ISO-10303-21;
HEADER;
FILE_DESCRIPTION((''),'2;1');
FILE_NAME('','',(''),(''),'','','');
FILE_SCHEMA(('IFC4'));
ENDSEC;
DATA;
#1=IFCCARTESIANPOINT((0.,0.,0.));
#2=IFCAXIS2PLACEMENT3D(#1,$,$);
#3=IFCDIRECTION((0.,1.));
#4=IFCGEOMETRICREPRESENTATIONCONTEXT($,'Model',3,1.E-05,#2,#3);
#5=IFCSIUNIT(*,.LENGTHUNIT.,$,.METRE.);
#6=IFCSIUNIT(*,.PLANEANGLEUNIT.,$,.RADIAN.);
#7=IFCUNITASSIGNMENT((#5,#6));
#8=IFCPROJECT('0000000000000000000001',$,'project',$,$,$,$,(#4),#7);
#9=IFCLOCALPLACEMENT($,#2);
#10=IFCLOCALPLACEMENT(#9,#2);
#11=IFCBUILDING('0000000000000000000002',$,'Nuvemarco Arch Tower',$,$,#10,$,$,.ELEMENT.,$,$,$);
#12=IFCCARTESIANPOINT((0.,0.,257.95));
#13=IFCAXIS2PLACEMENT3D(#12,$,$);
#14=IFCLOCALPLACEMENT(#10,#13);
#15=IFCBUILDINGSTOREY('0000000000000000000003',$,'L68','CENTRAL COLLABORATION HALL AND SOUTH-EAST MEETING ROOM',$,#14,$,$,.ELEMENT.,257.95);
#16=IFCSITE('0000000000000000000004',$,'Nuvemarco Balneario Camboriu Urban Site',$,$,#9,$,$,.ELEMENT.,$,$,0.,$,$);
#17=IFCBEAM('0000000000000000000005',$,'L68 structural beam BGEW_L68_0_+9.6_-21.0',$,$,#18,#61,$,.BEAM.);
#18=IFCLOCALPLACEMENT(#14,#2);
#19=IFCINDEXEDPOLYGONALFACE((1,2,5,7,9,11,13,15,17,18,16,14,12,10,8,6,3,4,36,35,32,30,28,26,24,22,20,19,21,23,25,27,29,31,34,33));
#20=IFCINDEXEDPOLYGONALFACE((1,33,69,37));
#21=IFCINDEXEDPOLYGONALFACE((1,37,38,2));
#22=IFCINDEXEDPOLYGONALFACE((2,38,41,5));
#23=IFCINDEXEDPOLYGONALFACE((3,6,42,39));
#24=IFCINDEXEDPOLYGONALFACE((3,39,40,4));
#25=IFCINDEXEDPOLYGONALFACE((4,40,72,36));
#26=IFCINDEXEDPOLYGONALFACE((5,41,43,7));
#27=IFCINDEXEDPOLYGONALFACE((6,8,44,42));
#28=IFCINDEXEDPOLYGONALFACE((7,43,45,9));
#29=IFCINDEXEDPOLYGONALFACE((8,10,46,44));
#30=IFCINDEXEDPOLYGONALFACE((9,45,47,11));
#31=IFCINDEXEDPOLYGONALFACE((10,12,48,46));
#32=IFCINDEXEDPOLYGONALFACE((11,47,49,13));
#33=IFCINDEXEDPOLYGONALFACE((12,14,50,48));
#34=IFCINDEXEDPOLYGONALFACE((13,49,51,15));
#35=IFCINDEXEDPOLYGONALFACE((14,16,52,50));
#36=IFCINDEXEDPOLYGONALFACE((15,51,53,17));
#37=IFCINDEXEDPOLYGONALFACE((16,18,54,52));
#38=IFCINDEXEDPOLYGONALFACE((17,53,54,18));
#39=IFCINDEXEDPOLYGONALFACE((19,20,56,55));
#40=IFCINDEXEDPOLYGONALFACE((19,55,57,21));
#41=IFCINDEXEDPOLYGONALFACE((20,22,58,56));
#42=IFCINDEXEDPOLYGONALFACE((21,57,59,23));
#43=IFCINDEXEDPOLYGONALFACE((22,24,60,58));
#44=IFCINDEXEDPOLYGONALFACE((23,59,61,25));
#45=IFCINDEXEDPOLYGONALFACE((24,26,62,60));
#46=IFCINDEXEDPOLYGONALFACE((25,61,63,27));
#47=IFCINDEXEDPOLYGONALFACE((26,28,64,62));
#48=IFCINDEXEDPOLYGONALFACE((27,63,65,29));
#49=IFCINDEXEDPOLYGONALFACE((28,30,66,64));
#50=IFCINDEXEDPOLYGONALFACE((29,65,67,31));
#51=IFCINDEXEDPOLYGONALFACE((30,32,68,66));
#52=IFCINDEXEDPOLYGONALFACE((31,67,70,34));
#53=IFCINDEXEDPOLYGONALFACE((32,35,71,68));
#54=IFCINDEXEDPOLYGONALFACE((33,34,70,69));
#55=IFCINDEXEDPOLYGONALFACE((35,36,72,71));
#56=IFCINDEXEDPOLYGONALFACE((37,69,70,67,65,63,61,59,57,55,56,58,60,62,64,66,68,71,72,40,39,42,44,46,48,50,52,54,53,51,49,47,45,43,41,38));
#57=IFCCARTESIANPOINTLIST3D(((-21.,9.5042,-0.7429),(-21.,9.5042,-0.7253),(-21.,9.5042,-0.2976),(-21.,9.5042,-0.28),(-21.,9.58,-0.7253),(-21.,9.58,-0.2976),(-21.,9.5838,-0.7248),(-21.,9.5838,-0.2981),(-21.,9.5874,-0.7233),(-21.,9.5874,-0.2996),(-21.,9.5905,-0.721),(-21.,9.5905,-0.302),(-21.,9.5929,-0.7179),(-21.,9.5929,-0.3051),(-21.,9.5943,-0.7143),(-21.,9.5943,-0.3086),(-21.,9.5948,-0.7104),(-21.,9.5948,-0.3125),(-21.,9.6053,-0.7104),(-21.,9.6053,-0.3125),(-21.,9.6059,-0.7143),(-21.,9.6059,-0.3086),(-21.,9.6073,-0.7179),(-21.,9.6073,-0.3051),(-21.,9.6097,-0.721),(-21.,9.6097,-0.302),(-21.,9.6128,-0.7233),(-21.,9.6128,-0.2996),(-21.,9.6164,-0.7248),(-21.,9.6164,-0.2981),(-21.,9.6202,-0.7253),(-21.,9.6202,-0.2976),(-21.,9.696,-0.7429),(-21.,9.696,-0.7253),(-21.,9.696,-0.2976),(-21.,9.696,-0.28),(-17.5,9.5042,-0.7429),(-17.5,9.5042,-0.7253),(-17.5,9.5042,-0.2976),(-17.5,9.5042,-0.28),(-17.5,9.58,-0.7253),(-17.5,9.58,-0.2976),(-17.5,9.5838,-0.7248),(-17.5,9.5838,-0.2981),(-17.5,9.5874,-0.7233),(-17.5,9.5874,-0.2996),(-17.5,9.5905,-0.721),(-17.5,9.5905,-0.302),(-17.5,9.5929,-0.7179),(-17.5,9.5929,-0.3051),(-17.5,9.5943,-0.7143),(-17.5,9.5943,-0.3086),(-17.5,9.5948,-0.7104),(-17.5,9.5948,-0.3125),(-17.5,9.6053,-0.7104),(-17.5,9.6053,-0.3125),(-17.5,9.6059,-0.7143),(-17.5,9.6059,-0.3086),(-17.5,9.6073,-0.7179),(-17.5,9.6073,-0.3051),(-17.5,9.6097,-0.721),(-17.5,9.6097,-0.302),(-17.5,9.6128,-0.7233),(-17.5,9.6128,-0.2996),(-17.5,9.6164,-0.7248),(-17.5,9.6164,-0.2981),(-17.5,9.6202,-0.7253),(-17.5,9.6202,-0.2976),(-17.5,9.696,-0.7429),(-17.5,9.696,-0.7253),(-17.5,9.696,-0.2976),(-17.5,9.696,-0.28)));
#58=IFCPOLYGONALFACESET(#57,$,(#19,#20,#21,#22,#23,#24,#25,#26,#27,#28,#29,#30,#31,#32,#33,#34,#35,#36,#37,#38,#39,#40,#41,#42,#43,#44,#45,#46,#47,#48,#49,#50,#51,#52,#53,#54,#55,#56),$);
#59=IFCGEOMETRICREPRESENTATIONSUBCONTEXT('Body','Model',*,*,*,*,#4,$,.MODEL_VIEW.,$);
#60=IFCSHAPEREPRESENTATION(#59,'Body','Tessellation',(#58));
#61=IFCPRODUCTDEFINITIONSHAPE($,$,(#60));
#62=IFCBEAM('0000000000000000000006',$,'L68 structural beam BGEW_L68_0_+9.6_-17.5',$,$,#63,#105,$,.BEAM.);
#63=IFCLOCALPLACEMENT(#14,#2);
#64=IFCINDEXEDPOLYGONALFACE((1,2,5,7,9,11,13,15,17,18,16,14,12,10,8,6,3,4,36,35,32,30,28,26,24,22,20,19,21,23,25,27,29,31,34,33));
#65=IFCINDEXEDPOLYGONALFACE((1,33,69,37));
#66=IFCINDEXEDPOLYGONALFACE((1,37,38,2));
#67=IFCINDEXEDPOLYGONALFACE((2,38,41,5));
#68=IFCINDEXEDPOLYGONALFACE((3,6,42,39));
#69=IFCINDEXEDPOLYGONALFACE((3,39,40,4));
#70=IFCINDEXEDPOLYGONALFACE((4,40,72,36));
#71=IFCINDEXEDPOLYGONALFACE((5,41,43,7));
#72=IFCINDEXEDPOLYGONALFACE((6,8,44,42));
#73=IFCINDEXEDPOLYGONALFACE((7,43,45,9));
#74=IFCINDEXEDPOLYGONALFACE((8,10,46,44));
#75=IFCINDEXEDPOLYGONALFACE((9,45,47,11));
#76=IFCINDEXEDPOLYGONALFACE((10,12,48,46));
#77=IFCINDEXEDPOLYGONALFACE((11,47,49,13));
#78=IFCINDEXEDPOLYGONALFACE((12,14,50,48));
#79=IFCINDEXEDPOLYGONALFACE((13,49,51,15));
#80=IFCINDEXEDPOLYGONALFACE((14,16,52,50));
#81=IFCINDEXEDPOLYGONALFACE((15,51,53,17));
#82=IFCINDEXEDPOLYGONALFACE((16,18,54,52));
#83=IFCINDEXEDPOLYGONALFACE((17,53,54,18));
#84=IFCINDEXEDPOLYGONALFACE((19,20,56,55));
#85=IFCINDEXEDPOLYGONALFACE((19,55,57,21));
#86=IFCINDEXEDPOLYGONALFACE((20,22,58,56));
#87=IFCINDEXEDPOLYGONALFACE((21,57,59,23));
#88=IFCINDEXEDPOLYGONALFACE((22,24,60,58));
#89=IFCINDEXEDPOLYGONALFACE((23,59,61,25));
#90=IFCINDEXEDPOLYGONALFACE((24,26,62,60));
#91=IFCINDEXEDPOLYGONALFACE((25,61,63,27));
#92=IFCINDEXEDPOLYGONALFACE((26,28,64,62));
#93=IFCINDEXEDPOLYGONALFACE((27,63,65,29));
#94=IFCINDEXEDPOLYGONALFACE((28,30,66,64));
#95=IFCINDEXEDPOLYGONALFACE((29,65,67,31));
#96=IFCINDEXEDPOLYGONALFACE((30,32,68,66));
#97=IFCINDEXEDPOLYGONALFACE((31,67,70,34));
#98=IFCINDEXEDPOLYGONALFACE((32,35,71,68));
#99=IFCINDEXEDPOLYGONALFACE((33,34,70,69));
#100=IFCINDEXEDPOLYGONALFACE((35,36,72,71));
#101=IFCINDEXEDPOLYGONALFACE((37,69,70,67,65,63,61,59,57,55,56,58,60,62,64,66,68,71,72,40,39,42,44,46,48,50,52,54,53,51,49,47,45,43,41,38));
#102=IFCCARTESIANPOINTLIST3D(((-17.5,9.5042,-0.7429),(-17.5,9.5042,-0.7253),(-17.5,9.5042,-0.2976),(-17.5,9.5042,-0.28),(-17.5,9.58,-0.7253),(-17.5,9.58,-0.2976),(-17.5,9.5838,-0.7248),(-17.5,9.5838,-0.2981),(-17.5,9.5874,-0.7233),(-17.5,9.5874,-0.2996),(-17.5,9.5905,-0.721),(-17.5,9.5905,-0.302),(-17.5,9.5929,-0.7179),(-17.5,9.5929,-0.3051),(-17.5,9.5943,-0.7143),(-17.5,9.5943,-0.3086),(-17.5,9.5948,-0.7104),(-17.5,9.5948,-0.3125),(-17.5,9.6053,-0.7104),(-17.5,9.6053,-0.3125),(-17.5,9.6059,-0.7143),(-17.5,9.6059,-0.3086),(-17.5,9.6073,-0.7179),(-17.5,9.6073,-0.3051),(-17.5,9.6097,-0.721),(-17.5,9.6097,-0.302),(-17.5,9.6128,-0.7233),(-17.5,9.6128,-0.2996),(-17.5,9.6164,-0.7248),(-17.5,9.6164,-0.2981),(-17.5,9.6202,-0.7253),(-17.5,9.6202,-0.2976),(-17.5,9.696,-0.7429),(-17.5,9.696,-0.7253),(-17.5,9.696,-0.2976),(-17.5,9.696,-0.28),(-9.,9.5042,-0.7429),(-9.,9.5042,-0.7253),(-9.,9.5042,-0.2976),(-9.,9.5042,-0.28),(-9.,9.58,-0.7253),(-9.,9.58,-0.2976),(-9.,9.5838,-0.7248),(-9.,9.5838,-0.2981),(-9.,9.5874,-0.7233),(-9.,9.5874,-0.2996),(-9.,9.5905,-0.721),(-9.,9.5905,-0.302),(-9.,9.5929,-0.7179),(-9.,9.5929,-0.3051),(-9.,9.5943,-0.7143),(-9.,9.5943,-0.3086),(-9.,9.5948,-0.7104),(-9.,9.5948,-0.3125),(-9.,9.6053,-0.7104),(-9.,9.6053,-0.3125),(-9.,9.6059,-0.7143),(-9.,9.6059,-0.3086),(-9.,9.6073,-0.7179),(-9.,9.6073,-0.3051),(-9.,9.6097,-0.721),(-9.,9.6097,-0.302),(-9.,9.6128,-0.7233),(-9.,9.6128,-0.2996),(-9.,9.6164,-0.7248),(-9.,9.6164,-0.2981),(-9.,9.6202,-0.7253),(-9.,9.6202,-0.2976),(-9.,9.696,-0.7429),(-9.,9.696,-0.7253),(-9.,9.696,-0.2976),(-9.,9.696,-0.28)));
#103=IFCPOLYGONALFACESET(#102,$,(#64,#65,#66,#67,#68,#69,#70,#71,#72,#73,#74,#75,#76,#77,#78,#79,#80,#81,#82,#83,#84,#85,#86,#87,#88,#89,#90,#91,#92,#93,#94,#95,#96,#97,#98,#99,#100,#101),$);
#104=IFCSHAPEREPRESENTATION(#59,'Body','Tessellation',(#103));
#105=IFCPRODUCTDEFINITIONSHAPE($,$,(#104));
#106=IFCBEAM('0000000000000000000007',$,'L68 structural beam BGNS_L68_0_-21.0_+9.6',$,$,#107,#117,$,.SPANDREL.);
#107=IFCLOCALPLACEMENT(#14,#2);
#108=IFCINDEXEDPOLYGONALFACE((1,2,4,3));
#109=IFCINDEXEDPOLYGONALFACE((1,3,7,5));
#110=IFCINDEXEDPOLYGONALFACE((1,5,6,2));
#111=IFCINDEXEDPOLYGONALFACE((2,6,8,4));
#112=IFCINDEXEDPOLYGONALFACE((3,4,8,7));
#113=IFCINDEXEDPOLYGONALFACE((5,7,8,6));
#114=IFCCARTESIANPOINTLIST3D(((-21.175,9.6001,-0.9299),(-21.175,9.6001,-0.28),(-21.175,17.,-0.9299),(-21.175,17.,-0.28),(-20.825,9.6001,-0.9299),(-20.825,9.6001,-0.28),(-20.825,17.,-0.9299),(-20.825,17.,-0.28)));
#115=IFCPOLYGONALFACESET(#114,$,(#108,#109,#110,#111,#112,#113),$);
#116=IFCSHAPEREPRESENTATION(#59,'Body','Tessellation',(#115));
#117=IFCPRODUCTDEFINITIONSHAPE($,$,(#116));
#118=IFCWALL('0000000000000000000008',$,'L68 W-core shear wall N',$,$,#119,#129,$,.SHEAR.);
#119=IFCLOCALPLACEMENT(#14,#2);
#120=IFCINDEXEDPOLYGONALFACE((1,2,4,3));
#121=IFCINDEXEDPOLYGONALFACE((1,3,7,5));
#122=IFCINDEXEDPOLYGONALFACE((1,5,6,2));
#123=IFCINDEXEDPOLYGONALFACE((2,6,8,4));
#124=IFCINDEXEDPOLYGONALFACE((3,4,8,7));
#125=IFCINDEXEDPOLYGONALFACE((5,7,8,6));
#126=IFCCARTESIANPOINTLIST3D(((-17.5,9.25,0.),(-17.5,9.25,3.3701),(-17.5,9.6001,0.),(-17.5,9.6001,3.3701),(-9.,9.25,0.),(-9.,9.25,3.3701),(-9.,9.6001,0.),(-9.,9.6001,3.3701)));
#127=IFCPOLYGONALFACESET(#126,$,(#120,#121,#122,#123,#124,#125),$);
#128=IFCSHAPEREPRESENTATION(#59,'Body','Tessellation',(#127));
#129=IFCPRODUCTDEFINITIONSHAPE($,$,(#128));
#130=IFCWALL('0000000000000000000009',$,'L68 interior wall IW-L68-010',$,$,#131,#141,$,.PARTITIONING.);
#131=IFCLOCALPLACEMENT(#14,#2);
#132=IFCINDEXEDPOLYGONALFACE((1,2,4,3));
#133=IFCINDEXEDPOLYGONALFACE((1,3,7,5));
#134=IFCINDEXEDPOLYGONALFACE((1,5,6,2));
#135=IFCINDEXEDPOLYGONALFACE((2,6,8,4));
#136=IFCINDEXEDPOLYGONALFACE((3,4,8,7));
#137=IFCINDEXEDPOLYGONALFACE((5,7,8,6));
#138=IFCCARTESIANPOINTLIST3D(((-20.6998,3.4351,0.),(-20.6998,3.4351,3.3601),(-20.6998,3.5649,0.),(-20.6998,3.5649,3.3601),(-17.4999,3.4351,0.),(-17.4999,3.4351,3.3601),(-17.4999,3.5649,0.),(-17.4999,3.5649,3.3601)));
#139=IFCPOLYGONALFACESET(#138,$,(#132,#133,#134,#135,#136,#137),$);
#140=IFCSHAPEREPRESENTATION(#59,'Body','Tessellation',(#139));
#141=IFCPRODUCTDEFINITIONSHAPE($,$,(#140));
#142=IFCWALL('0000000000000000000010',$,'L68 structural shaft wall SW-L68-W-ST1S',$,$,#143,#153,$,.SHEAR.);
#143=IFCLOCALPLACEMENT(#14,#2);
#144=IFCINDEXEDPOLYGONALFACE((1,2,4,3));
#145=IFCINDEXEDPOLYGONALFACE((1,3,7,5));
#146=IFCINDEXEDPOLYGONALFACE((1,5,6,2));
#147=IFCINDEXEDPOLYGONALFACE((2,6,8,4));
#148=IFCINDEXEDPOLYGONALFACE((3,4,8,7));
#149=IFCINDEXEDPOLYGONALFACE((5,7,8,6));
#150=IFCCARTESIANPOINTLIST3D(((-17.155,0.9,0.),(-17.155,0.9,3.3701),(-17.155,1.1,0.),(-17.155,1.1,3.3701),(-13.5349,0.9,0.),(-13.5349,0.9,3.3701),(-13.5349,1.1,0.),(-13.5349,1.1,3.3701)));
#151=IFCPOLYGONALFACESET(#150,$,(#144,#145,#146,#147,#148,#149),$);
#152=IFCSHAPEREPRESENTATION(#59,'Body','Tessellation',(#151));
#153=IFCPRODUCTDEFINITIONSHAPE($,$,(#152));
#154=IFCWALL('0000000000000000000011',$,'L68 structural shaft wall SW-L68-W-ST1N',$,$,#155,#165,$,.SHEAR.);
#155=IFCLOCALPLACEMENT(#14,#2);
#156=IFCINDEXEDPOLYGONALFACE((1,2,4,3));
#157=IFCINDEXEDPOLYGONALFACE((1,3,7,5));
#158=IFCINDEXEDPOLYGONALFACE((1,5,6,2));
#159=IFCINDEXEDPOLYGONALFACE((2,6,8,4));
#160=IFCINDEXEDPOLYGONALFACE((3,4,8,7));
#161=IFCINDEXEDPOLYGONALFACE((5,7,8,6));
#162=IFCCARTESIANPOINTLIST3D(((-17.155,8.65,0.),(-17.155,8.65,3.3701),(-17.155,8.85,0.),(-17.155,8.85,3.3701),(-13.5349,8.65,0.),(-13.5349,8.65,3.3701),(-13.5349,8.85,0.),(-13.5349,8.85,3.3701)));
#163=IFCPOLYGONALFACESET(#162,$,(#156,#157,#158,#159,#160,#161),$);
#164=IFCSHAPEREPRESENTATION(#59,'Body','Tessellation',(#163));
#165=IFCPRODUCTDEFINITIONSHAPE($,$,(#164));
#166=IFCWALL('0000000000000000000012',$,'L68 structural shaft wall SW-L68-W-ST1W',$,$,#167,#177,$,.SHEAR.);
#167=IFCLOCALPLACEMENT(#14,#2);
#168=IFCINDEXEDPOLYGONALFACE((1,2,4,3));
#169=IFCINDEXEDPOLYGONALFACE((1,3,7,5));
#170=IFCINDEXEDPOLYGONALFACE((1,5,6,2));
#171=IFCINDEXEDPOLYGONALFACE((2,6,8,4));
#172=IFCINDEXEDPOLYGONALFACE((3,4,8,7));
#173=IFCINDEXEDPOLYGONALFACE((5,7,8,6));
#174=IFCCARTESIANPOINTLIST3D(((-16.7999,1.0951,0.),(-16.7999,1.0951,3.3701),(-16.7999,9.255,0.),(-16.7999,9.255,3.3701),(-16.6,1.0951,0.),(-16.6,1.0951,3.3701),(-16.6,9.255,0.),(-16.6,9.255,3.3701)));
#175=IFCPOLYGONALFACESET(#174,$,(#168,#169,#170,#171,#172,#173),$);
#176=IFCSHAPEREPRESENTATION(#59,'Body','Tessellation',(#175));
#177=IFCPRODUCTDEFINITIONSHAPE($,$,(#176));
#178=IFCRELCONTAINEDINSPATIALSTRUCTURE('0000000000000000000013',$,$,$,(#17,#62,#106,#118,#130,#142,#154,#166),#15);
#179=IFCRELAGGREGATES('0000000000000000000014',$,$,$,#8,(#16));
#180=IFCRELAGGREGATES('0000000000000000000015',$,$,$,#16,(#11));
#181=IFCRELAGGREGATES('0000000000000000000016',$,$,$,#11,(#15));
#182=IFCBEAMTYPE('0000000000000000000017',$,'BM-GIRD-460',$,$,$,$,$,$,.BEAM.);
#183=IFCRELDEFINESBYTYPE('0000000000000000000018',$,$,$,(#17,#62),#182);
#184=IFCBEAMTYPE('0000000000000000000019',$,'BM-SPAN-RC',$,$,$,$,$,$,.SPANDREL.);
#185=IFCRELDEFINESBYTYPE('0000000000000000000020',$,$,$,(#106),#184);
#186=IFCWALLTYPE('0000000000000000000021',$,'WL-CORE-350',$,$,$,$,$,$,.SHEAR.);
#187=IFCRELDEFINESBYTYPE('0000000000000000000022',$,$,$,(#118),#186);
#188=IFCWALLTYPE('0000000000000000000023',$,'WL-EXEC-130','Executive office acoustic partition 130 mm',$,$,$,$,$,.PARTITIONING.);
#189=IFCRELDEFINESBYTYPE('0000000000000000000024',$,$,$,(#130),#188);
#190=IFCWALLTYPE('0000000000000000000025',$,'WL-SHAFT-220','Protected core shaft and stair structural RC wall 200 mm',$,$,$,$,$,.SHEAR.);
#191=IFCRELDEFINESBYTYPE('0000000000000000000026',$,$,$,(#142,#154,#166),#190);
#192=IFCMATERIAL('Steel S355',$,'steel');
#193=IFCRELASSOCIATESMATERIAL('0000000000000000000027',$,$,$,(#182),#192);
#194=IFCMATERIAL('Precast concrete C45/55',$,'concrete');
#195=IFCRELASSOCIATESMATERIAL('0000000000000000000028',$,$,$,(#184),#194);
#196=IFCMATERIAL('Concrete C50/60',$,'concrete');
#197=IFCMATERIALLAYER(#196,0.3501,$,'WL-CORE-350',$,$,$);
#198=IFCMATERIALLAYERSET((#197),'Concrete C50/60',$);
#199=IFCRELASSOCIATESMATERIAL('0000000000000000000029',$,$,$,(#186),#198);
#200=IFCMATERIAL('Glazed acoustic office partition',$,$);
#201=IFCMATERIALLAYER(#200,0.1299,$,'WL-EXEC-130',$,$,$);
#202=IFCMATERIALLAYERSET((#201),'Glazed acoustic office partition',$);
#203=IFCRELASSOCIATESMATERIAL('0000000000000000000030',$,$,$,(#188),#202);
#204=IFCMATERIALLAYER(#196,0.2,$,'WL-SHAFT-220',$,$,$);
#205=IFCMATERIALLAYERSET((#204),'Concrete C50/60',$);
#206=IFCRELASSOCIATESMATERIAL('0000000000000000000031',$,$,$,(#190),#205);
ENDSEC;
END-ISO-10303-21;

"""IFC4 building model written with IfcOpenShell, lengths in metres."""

from ifc_helpers import new_model, si_unit, direction, frame, frame_2d, origin, origin_2d, place, context, subcontext, project, spatial, rectangle, i_section, extrude, material, layer, layer_set, material_profile, profile_set, type_object, element, save


model = new_model("IFC4")

# Units and contexts
model_context = context("Model", 3, precision=1e-05, world=origin(), true_north=direction((0.0, 1.0)))
body_context = subcontext(model_context, "Body", "Model", "MODEL_VIEW")
ifc_project = project(units=[si_unit("LENGTHUNIT", "METRE"), si_unit("PLANEANGLEUNIT", "RADIAN")], contexts=[model_context])

# Site, building, storey
site_placement = place(None, origin())
site = spatial("IfcSite", under=ifc_project, at=site_placement, Name="Nuvemarco Balneario Camboriu Urban Site", CompositionType="ELEMENT", RefElevation=0.0)
building_placement = place(site_placement, origin())
building = spatial("IfcBuilding", under=site, at=building_placement, Name="Nuvemarco Arch Tower", CompositionType="ELEMENT")
storey_placement = place(building_placement, frame((0.0, 0.0, 257.95)))
storey = spatial("IfcBuildingStorey", under=building, at=storey_placement, Name="L68", Description="CENTRAL COLLABORATION HALL AND SOUTH-EAST MEETING ROOM", CompositionType="ELEMENT", Elevation=257.95)

# Shared definitions
ifc_material_1 = material(Name="Concrete C50/60", Category="concrete")
ifc_material_2 = material(Name="Steel S355", Category="steel")

# Beams
ifc_material_profile_1 = material_profile(ifc_material_2, i_section(OverallWidth=0.1919, OverallDepth=0.4629, WebThickness=0.0105, FlangeThickness=0.0176, FilletRadius=0.0149, at=origin_2d()), Name="W460x89")
ifc_profile_set_1 = profile_set([ifc_material_profile_1], Name="Steel S355")
beam_type_1 = type_object("IfcBeamType", Name="BM-GIRD-460", PredefinedType="BEAM", material=ifc_profile_set_1)
beam_1_placement = place(storey_placement, frame((-21.0, 9.6001, -0.5115), z_axis=(1.0, 0.0, 0.0), x_axis=(0.0, 1.0, 0.0)))
element("IfcBeam", 1, at=beam_1_placement, inside=storey, type_object=beam_type_1, Name="L68 structural beam BGEW_L68_0_+9.6_-21.0", PredefinedType="BEAM", context=body_context, shape_type="SweptSolid", body=[
    extrude(i_section(OverallWidth=0.1919, OverallDepth=0.4629, WebThickness=0.0105, FlangeThickness=0.0176, FilletRadius=0.0149, at=origin_2d()), origin(), (0.0, 0.0, 1.0), 3.5),
])
beam_2_placement = place(storey_placement, frame((-17.5, 9.6001, -0.5115), z_axis=(1.0, 0.0, 0.0), x_axis=(0.0, 1.0, 0.0)))
element("IfcBeam", 2, at=beam_2_placement, inside=storey, type_object=beam_type_1, Name="L68 structural beam BGEW_L68_0_+9.6_-17.5", PredefinedType="BEAM", context=body_context, shape_type="SweptSolid", body=[
    extrude(i_section(OverallWidth=0.1919, OverallDepth=0.4629, WebThickness=0.0105, FlangeThickness=0.0176, FilletRadius=0.0149, at=origin_2d()), origin(), (0.0, 0.0, 1.0), 8.5),
])
ifc_material_3 = material(Name="Precast concrete C45/55", Category="concrete")
ifc_material_profile_2 = material_profile(ifc_material_3, rectangle(XDim=0.3501, YDim=0.6499, at=origin_2d()), Name="PC-SP-350x650")
ifc_profile_set_2 = profile_set([ifc_material_profile_2], Name="Precast concrete C45/55")
beam_type_2 = type_object("IfcBeamType", Name="BM-SPAN-RC", PredefinedType="SPANDREL", material=ifc_profile_set_2)
beam_3_placement = place(storey_placement, frame((-21.0, 9.6001, -0.605), z_axis=(0.0, 1.0, 0.0), x_axis=(-1.0, 0.0, 0.0)))
element("IfcBeam", 3, at=beam_3_placement, inside=storey, type_object=beam_type_2, Name="L68 structural beam BGNS_L68_0_-21.0_+9.6", PredefinedType="SPANDREL", context=body_context, shape_type="SweptSolid", body=[
    extrude(rectangle(XDim=0.3501, YDim=0.6499, at=origin_2d()), origin(), (0.0, 0.0, 1.0), 7.3999),
])

# Walls
ifc_layer_1 = layer(ifc_material_1, 0.3501, Name="WL-CORE-350")
ifc_layer_set_1 = layer_set([ifc_layer_1], Name="Concrete C50/60")
wall_type_1 = type_object("IfcWallType", Name="WL-CORE-350", PredefinedType="SHEAR", material=ifc_layer_set_1)
wall_1_placement = place(storey_placement, frame((-17.5, 9.425, 0.0), z_axis=(0.0, 0.0, 1.0), x_axis=(1.0, 0.0, 0.0)))
element("IfcWall", 4, at=wall_1_placement, inside=storey, type_object=wall_type_1, Name="L68 W-core shear wall N", PredefinedType="SHEAR", context=body_context, shape_type="SweptSolid", body=[
    extrude(rectangle(XDim=8.5, YDim=0.3501, at=frame_2d((4.25, 0.0))), origin(), (0.0, 0.0, 1.0), 3.3701),
])
ifc_material_4 = material(Name="Glazed acoustic office partition")
ifc_layer_2 = layer(ifc_material_4, 0.1299, Name="WL-EXEC-130")
ifc_layer_set_2 = layer_set([ifc_layer_2], Name="Glazed acoustic office partition")
wall_type_2 = type_object("IfcWallType", Name="WL-EXEC-130", Description="Executive office acoustic partition 130 mm", PredefinedType="PARTITIONING", material=ifc_layer_set_2)
wall_2_placement = place(storey_placement, frame((-20.7, 3.5, 0.0), z_axis=(0.0, 0.0, 1.0), x_axis=(1.0, 0.0, 0.0)))
element("IfcWall", 5, at=wall_2_placement, inside=storey, type_object=wall_type_2, Name="L68 interior wall IW-L68-010", PredefinedType="PARTITIONING", context=body_context, shape_type="SweptSolid", body=[
    extrude(rectangle(XDim=3.2, YDim=0.1299, at=frame_2d((1.6001, 0.0))), origin(), (0.0, 0.0, 1.0), 3.3601),
])
ifc_layer_3 = layer(ifc_material_1, 0.2, Name="WL-SHAFT-220")
ifc_layer_set_3 = layer_set([ifc_layer_3], Name="Concrete C50/60")
wall_type_3 = type_object("IfcWallType", Name="WL-SHAFT-220", Description="Protected core shaft and stair structural RC wall 200 mm", PredefinedType="SHEAR", material=ifc_layer_set_3)
for number, where, z_axis, x_axis, name in (
    (6, (-17.155, 1.0, 0.0), (0.0, 0.0, 1.0), (1.0, 0.0, 0.0), "L68 structural shaft wall SW-L68-W-ST1S"),
    (7, (-17.155, 8.75, 0.0), (0.0, 0.0, 1.0), (1.0, 0.0, 0.0), "L68 structural shaft wall SW-L68-W-ST1N"),
):
    element("IfcWall", number, at=place(storey_placement, frame(where, z_axis=z_axis, x_axis=x_axis)), inside=storey, type_object=wall_type_3, Name=name, PredefinedType="SHEAR", context=body_context, shape_type="SweptSolid", body=[
        extrude(rectangle(XDim=3.6201, YDim=0.2, at=frame_2d((1.8101, 0.0))), origin(), (0.0, 0.0, 1.0), 3.3701),
    ])
wall_3_placement = place(storey_placement, frame((-16.7, 1.095, 0.0), z_axis=(0.0, 0.0, 1.0), x_axis=(0.0, 1.0, 0.0)))
element("IfcWall", 8, at=wall_3_placement, inside=storey, type_object=wall_type_3, Name="L68 structural shaft wall SW-L68-W-ST1W", PredefinedType="SHEAR", context=body_context, shape_type="SweptSolid", body=[
    extrude(rectangle(XDim=8.1599, YDim=0.2, at=frame_2d((4.0801, 0.0))), origin(), (0.0, 0.0, 1.0), 3.3701),
])

save(model, "model.ifc")
